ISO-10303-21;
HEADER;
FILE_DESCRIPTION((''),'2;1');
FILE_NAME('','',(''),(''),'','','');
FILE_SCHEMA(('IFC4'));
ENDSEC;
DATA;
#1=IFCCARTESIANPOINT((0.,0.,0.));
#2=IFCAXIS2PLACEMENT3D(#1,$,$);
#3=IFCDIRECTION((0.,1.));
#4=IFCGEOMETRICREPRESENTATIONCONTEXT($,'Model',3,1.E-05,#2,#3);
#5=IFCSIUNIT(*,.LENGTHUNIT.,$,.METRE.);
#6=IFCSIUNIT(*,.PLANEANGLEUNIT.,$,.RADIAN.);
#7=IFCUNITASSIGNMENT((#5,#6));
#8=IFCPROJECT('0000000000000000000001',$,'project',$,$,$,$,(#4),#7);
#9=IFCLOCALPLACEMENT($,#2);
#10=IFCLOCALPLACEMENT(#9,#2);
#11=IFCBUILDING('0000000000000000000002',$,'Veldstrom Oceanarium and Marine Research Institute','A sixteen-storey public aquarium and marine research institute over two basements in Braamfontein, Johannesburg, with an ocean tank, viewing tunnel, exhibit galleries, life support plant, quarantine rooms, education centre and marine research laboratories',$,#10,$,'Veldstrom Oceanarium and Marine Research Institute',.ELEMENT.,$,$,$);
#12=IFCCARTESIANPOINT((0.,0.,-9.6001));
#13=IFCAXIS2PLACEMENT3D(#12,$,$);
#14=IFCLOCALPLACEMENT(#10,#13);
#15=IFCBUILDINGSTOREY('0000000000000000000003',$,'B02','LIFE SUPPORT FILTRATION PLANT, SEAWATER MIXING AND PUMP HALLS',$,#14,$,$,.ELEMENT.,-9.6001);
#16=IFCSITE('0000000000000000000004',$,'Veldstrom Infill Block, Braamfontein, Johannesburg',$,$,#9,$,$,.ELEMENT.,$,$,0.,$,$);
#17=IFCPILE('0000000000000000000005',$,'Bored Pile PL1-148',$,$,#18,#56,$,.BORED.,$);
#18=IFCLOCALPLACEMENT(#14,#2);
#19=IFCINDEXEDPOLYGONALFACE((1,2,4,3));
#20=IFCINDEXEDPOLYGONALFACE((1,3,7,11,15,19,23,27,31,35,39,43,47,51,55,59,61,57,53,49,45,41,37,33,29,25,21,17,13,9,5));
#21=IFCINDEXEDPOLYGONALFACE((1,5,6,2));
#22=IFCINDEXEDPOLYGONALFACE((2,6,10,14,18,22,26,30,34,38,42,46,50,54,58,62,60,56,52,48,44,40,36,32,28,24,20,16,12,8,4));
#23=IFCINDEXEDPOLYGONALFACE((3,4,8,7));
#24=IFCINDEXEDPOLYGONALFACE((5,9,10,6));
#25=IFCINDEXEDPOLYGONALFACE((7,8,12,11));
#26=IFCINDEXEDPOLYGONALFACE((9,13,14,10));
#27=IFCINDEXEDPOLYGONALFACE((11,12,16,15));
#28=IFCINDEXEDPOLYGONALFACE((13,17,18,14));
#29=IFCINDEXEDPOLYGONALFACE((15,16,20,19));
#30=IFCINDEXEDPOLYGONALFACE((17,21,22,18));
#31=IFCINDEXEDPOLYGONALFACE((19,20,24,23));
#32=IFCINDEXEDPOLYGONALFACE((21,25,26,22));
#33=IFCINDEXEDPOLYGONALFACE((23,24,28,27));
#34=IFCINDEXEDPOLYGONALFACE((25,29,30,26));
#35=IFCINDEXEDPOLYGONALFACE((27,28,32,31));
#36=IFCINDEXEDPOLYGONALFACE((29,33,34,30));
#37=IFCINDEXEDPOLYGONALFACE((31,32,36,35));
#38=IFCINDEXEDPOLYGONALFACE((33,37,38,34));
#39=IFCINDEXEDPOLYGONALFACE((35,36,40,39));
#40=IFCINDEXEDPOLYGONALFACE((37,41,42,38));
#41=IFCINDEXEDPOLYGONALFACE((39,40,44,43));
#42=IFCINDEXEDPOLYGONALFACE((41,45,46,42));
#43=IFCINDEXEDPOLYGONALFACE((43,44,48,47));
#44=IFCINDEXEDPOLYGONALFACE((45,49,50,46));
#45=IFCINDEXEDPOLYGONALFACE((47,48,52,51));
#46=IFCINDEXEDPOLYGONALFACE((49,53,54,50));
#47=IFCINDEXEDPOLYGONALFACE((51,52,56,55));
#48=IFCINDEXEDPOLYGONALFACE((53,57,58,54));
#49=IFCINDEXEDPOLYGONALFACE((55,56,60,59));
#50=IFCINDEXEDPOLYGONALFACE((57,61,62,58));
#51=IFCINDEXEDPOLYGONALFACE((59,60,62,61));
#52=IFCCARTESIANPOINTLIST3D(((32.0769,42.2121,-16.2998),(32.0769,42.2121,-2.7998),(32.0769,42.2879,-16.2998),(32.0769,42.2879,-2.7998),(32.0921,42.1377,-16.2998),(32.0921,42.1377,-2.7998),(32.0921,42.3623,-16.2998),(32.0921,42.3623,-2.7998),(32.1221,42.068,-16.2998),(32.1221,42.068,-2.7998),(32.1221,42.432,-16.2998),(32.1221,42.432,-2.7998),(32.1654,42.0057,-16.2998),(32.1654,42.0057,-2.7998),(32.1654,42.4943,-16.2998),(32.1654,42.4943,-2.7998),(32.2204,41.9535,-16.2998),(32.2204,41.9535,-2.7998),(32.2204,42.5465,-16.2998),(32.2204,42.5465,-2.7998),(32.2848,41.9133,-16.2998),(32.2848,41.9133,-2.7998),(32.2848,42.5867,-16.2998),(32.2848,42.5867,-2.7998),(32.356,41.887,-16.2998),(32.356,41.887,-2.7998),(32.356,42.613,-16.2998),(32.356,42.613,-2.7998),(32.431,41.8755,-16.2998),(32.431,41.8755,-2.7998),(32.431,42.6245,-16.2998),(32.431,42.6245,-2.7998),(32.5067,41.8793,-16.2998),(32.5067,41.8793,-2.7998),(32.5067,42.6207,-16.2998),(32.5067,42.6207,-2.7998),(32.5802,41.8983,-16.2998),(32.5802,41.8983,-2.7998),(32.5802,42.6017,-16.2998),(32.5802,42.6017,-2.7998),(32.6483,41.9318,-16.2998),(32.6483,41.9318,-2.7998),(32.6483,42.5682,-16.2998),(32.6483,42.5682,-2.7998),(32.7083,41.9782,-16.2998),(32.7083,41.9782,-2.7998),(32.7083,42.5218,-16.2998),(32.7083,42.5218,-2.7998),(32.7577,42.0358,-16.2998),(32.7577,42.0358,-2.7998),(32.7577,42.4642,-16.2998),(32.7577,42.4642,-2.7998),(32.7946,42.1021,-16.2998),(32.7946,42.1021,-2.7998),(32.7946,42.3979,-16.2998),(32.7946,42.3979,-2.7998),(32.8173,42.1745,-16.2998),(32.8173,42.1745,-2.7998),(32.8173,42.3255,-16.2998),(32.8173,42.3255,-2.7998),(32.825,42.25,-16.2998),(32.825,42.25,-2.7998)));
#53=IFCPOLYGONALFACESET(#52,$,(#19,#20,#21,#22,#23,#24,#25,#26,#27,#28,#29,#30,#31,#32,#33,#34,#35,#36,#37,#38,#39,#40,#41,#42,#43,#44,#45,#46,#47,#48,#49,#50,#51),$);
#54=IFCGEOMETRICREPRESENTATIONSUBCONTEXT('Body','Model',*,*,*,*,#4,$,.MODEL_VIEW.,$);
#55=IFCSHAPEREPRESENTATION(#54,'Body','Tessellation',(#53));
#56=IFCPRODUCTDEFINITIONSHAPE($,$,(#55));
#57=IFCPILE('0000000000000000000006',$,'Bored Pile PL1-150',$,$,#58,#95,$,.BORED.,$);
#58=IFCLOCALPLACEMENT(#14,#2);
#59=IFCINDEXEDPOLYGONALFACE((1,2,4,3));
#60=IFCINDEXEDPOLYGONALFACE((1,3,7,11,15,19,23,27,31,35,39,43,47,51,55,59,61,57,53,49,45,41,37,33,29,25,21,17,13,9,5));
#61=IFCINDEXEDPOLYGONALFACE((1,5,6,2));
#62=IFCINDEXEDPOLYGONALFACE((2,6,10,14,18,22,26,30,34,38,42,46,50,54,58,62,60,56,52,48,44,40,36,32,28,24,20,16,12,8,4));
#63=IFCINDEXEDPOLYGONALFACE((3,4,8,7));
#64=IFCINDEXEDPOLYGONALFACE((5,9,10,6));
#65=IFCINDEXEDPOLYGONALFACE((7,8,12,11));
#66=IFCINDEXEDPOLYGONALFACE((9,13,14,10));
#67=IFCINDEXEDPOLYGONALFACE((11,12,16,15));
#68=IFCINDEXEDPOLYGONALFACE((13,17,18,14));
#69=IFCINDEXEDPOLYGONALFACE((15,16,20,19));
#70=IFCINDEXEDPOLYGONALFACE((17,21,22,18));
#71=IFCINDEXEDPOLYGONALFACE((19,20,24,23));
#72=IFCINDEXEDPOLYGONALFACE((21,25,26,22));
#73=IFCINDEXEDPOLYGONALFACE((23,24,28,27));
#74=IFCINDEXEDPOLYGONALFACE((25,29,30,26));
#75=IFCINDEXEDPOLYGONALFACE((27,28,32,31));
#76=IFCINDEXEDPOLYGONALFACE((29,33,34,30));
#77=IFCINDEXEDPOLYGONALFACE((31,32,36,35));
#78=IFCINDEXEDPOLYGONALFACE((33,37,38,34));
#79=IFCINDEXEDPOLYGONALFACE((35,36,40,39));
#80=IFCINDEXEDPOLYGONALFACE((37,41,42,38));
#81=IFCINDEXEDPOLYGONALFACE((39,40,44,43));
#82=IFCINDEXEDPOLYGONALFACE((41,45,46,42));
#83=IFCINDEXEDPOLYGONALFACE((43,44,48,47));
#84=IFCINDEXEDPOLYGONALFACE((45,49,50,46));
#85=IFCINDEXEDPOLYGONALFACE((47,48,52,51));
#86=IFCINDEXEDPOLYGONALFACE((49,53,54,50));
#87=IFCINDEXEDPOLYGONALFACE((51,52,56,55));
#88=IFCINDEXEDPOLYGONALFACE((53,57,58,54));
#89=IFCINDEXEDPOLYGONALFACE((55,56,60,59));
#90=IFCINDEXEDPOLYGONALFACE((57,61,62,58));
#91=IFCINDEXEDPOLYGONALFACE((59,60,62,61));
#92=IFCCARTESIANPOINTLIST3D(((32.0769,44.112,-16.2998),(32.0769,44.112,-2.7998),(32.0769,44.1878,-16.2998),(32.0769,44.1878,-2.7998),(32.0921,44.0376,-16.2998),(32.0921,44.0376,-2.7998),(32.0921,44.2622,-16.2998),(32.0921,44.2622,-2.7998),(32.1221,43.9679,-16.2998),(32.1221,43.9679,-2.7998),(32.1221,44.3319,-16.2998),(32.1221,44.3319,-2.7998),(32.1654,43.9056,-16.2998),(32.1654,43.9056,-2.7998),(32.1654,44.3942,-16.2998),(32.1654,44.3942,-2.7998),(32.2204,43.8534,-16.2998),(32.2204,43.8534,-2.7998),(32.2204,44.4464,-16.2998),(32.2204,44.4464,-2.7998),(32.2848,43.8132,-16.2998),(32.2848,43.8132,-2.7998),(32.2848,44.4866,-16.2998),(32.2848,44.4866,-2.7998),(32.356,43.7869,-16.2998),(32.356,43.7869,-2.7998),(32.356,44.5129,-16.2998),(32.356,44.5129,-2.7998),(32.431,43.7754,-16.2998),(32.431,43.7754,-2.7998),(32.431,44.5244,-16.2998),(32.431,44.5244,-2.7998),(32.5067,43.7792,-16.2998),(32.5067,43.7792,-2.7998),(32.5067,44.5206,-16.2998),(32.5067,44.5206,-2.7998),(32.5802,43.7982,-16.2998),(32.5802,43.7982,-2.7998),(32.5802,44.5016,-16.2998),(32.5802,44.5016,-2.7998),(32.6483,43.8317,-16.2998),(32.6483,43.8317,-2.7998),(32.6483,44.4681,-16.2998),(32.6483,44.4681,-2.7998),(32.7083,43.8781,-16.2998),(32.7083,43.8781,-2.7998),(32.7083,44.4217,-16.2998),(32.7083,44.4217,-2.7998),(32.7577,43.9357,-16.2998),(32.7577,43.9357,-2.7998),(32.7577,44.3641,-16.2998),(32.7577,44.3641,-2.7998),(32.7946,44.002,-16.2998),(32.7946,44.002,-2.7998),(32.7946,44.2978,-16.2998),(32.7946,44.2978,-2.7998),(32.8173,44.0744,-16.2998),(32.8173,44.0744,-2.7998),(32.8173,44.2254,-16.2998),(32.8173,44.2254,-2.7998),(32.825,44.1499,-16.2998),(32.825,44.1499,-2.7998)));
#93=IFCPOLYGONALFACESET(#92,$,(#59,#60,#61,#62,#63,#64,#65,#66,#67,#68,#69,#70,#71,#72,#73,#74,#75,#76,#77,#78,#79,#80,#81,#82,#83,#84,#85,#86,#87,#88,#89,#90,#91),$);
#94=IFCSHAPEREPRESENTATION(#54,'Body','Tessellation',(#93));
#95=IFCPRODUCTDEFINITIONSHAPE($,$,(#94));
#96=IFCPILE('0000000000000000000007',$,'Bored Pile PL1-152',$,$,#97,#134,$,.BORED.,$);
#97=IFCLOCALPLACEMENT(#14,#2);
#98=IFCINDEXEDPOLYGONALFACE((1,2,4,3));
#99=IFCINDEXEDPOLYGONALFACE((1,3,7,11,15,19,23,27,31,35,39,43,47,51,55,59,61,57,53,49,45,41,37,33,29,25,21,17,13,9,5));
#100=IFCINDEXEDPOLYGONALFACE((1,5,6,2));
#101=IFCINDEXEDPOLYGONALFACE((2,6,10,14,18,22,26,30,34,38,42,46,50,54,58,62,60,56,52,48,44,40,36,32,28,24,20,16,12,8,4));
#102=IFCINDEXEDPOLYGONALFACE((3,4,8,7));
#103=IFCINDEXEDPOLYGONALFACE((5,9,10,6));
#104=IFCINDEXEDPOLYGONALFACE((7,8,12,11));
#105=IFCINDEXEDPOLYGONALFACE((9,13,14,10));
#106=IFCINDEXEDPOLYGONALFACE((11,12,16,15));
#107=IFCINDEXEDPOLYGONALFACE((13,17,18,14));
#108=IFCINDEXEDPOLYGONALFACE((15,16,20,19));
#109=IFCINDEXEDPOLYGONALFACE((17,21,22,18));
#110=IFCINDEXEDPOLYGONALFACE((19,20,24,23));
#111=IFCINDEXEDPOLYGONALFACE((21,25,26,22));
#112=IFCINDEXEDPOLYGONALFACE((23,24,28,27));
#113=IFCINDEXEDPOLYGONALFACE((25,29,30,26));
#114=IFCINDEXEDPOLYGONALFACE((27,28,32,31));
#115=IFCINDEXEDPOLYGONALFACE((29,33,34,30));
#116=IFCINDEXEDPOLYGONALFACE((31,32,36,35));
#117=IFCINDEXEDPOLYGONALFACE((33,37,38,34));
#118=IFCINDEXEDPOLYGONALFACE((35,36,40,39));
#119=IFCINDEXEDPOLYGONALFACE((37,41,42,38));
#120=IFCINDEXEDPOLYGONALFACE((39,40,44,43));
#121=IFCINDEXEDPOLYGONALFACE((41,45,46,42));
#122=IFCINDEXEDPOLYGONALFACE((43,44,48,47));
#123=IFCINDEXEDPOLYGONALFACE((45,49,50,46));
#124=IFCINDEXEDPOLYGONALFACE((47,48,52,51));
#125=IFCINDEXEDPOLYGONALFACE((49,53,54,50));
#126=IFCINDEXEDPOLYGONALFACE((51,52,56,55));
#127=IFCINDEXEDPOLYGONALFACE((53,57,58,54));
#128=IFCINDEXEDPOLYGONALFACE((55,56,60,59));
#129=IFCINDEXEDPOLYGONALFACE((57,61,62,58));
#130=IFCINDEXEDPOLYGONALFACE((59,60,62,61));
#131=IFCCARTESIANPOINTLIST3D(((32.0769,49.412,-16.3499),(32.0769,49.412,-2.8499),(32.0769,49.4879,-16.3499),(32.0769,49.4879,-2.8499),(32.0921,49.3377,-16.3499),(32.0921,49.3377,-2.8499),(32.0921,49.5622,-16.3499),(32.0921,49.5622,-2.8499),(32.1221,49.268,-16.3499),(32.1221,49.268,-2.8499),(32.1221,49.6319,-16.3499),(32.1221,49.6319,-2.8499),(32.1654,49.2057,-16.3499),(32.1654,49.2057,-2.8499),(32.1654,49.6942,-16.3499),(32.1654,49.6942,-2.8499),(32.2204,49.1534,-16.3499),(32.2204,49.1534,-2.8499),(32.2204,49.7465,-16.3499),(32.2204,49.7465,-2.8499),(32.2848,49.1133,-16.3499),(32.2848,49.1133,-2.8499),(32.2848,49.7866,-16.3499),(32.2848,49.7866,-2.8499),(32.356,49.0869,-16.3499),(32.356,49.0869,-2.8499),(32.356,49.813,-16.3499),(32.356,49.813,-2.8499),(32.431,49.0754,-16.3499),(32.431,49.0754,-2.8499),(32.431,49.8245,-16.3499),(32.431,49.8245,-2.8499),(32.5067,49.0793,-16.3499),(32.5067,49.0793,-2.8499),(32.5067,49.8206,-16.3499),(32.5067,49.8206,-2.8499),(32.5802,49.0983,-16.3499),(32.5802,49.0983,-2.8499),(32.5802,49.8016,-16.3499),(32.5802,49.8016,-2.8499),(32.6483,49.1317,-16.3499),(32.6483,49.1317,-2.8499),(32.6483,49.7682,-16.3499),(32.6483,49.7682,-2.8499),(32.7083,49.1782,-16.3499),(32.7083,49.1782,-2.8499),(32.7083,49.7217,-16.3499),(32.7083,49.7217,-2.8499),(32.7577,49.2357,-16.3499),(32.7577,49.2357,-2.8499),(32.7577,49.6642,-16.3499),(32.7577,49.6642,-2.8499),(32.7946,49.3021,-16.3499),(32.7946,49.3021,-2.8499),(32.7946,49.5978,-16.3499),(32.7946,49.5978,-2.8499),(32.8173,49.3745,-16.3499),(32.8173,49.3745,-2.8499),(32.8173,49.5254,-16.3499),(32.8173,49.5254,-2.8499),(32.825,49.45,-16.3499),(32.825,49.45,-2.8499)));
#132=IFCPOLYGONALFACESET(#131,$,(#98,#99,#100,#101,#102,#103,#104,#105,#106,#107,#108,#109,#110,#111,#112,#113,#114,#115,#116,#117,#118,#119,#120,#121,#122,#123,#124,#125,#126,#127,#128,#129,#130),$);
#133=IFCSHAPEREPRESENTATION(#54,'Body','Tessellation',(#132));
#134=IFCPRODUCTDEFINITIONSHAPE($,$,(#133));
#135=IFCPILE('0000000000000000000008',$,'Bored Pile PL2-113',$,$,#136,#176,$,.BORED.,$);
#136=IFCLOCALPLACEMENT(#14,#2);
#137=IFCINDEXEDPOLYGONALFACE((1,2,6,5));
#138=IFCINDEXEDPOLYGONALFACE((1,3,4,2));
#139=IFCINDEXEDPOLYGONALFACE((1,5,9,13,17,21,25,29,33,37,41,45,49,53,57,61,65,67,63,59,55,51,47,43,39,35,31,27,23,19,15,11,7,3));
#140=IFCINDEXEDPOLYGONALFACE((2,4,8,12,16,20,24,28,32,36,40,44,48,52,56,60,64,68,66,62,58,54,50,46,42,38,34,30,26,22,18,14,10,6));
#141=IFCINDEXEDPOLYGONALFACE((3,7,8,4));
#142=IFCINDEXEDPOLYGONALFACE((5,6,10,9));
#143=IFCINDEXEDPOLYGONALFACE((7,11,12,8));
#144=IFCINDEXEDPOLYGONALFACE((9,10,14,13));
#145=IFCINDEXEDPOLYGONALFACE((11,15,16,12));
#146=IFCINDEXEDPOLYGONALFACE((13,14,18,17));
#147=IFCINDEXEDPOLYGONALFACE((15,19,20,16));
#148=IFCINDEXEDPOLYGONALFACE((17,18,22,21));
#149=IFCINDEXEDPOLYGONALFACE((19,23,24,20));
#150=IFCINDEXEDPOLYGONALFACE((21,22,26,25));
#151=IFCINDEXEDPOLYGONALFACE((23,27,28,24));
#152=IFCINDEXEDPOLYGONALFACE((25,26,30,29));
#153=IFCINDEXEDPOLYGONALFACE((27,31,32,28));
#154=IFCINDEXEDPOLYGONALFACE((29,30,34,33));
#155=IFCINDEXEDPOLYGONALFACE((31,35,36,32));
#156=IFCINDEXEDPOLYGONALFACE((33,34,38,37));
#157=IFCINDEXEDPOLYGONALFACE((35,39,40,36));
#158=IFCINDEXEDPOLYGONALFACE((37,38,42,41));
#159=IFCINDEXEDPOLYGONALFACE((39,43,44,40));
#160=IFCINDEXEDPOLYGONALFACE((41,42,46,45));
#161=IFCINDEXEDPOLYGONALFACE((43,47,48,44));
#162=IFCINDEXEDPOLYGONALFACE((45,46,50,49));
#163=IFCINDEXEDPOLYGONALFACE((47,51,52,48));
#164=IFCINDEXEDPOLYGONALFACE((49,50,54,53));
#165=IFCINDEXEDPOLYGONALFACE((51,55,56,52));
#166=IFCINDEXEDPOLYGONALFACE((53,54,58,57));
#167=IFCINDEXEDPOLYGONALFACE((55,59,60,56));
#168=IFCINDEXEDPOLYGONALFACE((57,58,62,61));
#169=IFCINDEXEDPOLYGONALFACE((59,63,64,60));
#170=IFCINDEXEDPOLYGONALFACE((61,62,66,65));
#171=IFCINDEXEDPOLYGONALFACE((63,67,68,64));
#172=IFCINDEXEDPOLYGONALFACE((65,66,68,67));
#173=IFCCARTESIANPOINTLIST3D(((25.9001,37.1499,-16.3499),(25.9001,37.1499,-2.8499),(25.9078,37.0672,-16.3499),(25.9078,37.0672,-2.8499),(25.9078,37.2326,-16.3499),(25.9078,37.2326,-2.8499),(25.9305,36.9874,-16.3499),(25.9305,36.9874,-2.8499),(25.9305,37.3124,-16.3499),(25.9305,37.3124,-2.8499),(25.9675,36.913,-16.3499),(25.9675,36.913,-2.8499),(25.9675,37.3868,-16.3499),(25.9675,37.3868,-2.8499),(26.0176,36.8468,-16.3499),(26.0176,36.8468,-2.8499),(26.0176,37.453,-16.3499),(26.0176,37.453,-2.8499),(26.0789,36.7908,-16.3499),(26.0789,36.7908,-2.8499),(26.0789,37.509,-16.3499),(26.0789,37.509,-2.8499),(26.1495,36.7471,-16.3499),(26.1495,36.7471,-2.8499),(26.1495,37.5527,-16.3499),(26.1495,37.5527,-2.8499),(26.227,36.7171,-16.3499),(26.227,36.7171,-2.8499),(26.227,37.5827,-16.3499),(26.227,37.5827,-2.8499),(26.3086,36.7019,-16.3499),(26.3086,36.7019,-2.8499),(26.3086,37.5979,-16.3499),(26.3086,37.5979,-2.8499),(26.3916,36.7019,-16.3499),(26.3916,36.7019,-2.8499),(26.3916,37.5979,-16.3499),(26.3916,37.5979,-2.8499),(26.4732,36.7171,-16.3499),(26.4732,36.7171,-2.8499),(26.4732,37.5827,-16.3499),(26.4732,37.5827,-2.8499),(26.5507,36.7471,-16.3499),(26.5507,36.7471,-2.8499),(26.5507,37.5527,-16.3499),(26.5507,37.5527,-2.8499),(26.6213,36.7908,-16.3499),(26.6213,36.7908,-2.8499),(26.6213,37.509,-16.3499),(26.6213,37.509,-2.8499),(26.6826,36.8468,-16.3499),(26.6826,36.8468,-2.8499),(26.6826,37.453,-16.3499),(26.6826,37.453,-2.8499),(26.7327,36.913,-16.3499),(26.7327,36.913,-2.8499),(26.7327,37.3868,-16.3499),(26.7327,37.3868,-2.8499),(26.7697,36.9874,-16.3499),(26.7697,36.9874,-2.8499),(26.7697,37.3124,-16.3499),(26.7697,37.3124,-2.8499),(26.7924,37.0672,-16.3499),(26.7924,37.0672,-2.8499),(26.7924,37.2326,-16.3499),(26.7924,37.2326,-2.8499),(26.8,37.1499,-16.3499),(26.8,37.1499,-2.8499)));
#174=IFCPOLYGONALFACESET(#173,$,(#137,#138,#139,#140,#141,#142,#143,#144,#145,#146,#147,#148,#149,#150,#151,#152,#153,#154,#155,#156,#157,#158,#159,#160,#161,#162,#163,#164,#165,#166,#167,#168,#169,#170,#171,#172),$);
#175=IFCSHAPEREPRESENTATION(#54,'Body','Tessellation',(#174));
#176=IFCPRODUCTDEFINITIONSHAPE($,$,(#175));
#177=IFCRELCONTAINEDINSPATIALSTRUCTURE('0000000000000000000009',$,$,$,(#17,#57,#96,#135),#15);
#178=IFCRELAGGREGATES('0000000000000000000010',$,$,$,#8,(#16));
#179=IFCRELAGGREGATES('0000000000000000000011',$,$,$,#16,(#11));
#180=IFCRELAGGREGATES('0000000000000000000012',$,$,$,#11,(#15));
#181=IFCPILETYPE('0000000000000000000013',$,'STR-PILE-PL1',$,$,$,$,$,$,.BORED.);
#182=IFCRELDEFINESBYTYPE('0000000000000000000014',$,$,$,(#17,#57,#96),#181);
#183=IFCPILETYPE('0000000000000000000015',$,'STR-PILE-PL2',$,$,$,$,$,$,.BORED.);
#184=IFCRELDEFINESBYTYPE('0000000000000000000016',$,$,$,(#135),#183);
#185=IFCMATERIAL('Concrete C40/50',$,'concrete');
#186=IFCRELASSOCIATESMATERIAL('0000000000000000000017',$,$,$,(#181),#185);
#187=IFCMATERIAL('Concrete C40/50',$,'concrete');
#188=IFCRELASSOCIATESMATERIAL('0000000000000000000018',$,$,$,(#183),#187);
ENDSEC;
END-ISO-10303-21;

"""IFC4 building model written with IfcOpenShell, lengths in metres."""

from ifc_helpers import new_model, si_unit, direction, frame, origin, origin_2d, place, context, subcontext, project, spatial, circle, extrude, material, material_profile, profile_set, type_object, element, save


model = new_model("IFC4")

# Units and contexts
model_context = context("Model", 3, precision=1e-05, world=origin(), true_north=direction((0.0, 1.0)))
body_context = subcontext(model_context, "Body", "Model", "MODEL_VIEW")
ifc_project = project(units=[si_unit("LENGTHUNIT", "METRE"), si_unit("PLANEANGLEUNIT", "RADIAN")], contexts=[model_context])

# Site, building, storey
site_placement = place(None, origin())
site = spatial("IfcSite", under=ifc_project, at=site_placement, Name="Veldstrom Infill Block, Braamfontein, Johannesburg", CompositionType="ELEMENT", RefElevation=0.0)
building_placement = place(site_placement, origin())
building = spatial("IfcBuilding", under=site, at=building_placement, Name="Veldstrom Oceanarium and Marine Research Institute", Description="A sixteen-storey public aquarium and marine research institute over two basements in Braamfontein, Johannesburg, with an ocean tank, viewing tunnel, exhibit galleries, life support plant, quarantine rooms, education centre and marine research laboratories", LongName="Veldstrom Oceanarium and Marine Research Institute", CompositionType="ELEMENT")
storey_placement = place(building_placement, frame((0.0, 0.0, -9.6001)))
storey = spatial("IfcBuildingStorey", under=building, at=storey_placement, Name="B02", Description="LIFE SUPPORT FILTRATION PLANT, SEAWATER MIXING AND PUMP HALLS", CompositionType="ELEMENT", Elevation=-9.6001)

# Piles
ifc_material_1 = material(Name="Concrete C40/50", Category="concrete")
ifc_material_profile_1 = material_profile(ifc_material_1, circle(Radius=0.375, at=origin_2d()), Name="PILE-D750")
ifc_profile_set_1 = profile_set([ifc_material_profile_1], Name="Concrete C40/50")
pile_type_1 = type_object("IfcPileType", Name="STR-PILE-PL1", PredefinedType="BORED", material=ifc_profile_set_1)
for number, where, z_axis, x_axis, name in (
    (1, (32.45, 42.25, -2.7998), (0.0, 0.0, -1.0), (1.0, 0.0, 0.0), "Bored Pile PL1-148"),
    (2, (32.45, 44.1499, -2.7998), (0.0, 0.0, -1.0), (1.0, 0.0, 0.0), "Bored Pile PL1-150"),
    (3, (32.45, 49.45, -2.8499), (0.0, 0.0, -1.0), (1.0, 0.0, 0.0), "Bored Pile PL1-152"),
):
    element("IfcPile", number, at=place(storey_placement, frame(where, z_axis=z_axis, x_axis=x_axis)), inside=storey, type_object=pile_type_1, Name=name, PredefinedType="BORED", context=body_context, shape_type="SweptSolid", body=[
        extrude(circle(Radius=0.375, at=origin_2d()), origin(), (0.0, 0.0, 1.0), 13.5),
    ])
ifc_material_2 = material(Name="Concrete C40/50", Category="concrete")
ifc_material_profile_2 = material_profile(ifc_material_2, circle(Radius=0.45, at=origin_2d()), Name="PILE-D900")
ifc_profile_set_2 = profile_set([ifc_material_profile_2], Name="Concrete C40/50")
pile_type_2 = type_object("IfcPileType", Name="STR-PILE-PL2", PredefinedType="BORED", material=ifc_profile_set_2)
for number, where, z_axis, x_axis, name in (
    (4, (26.3501, 37.1499, -2.8499), (0.0, 0.0, -1.0), (1.0, 0.0, 0.0), "Bored Pile PL2-113"),
):
    element("IfcPile", number, at=place(storey_placement, frame(where, z_axis=z_axis, x_axis=x_axis)), inside=storey, type_object=pile_type_2, Name=name, PredefinedType="BORED", context=body_context, shape_type="SweptSolid", body=[
        extrude(circle(Radius=0.45, at=origin_2d()), origin(), (0.0, 0.0, 1.0), 13.5),
    ])

save(model, "model.ifc")
